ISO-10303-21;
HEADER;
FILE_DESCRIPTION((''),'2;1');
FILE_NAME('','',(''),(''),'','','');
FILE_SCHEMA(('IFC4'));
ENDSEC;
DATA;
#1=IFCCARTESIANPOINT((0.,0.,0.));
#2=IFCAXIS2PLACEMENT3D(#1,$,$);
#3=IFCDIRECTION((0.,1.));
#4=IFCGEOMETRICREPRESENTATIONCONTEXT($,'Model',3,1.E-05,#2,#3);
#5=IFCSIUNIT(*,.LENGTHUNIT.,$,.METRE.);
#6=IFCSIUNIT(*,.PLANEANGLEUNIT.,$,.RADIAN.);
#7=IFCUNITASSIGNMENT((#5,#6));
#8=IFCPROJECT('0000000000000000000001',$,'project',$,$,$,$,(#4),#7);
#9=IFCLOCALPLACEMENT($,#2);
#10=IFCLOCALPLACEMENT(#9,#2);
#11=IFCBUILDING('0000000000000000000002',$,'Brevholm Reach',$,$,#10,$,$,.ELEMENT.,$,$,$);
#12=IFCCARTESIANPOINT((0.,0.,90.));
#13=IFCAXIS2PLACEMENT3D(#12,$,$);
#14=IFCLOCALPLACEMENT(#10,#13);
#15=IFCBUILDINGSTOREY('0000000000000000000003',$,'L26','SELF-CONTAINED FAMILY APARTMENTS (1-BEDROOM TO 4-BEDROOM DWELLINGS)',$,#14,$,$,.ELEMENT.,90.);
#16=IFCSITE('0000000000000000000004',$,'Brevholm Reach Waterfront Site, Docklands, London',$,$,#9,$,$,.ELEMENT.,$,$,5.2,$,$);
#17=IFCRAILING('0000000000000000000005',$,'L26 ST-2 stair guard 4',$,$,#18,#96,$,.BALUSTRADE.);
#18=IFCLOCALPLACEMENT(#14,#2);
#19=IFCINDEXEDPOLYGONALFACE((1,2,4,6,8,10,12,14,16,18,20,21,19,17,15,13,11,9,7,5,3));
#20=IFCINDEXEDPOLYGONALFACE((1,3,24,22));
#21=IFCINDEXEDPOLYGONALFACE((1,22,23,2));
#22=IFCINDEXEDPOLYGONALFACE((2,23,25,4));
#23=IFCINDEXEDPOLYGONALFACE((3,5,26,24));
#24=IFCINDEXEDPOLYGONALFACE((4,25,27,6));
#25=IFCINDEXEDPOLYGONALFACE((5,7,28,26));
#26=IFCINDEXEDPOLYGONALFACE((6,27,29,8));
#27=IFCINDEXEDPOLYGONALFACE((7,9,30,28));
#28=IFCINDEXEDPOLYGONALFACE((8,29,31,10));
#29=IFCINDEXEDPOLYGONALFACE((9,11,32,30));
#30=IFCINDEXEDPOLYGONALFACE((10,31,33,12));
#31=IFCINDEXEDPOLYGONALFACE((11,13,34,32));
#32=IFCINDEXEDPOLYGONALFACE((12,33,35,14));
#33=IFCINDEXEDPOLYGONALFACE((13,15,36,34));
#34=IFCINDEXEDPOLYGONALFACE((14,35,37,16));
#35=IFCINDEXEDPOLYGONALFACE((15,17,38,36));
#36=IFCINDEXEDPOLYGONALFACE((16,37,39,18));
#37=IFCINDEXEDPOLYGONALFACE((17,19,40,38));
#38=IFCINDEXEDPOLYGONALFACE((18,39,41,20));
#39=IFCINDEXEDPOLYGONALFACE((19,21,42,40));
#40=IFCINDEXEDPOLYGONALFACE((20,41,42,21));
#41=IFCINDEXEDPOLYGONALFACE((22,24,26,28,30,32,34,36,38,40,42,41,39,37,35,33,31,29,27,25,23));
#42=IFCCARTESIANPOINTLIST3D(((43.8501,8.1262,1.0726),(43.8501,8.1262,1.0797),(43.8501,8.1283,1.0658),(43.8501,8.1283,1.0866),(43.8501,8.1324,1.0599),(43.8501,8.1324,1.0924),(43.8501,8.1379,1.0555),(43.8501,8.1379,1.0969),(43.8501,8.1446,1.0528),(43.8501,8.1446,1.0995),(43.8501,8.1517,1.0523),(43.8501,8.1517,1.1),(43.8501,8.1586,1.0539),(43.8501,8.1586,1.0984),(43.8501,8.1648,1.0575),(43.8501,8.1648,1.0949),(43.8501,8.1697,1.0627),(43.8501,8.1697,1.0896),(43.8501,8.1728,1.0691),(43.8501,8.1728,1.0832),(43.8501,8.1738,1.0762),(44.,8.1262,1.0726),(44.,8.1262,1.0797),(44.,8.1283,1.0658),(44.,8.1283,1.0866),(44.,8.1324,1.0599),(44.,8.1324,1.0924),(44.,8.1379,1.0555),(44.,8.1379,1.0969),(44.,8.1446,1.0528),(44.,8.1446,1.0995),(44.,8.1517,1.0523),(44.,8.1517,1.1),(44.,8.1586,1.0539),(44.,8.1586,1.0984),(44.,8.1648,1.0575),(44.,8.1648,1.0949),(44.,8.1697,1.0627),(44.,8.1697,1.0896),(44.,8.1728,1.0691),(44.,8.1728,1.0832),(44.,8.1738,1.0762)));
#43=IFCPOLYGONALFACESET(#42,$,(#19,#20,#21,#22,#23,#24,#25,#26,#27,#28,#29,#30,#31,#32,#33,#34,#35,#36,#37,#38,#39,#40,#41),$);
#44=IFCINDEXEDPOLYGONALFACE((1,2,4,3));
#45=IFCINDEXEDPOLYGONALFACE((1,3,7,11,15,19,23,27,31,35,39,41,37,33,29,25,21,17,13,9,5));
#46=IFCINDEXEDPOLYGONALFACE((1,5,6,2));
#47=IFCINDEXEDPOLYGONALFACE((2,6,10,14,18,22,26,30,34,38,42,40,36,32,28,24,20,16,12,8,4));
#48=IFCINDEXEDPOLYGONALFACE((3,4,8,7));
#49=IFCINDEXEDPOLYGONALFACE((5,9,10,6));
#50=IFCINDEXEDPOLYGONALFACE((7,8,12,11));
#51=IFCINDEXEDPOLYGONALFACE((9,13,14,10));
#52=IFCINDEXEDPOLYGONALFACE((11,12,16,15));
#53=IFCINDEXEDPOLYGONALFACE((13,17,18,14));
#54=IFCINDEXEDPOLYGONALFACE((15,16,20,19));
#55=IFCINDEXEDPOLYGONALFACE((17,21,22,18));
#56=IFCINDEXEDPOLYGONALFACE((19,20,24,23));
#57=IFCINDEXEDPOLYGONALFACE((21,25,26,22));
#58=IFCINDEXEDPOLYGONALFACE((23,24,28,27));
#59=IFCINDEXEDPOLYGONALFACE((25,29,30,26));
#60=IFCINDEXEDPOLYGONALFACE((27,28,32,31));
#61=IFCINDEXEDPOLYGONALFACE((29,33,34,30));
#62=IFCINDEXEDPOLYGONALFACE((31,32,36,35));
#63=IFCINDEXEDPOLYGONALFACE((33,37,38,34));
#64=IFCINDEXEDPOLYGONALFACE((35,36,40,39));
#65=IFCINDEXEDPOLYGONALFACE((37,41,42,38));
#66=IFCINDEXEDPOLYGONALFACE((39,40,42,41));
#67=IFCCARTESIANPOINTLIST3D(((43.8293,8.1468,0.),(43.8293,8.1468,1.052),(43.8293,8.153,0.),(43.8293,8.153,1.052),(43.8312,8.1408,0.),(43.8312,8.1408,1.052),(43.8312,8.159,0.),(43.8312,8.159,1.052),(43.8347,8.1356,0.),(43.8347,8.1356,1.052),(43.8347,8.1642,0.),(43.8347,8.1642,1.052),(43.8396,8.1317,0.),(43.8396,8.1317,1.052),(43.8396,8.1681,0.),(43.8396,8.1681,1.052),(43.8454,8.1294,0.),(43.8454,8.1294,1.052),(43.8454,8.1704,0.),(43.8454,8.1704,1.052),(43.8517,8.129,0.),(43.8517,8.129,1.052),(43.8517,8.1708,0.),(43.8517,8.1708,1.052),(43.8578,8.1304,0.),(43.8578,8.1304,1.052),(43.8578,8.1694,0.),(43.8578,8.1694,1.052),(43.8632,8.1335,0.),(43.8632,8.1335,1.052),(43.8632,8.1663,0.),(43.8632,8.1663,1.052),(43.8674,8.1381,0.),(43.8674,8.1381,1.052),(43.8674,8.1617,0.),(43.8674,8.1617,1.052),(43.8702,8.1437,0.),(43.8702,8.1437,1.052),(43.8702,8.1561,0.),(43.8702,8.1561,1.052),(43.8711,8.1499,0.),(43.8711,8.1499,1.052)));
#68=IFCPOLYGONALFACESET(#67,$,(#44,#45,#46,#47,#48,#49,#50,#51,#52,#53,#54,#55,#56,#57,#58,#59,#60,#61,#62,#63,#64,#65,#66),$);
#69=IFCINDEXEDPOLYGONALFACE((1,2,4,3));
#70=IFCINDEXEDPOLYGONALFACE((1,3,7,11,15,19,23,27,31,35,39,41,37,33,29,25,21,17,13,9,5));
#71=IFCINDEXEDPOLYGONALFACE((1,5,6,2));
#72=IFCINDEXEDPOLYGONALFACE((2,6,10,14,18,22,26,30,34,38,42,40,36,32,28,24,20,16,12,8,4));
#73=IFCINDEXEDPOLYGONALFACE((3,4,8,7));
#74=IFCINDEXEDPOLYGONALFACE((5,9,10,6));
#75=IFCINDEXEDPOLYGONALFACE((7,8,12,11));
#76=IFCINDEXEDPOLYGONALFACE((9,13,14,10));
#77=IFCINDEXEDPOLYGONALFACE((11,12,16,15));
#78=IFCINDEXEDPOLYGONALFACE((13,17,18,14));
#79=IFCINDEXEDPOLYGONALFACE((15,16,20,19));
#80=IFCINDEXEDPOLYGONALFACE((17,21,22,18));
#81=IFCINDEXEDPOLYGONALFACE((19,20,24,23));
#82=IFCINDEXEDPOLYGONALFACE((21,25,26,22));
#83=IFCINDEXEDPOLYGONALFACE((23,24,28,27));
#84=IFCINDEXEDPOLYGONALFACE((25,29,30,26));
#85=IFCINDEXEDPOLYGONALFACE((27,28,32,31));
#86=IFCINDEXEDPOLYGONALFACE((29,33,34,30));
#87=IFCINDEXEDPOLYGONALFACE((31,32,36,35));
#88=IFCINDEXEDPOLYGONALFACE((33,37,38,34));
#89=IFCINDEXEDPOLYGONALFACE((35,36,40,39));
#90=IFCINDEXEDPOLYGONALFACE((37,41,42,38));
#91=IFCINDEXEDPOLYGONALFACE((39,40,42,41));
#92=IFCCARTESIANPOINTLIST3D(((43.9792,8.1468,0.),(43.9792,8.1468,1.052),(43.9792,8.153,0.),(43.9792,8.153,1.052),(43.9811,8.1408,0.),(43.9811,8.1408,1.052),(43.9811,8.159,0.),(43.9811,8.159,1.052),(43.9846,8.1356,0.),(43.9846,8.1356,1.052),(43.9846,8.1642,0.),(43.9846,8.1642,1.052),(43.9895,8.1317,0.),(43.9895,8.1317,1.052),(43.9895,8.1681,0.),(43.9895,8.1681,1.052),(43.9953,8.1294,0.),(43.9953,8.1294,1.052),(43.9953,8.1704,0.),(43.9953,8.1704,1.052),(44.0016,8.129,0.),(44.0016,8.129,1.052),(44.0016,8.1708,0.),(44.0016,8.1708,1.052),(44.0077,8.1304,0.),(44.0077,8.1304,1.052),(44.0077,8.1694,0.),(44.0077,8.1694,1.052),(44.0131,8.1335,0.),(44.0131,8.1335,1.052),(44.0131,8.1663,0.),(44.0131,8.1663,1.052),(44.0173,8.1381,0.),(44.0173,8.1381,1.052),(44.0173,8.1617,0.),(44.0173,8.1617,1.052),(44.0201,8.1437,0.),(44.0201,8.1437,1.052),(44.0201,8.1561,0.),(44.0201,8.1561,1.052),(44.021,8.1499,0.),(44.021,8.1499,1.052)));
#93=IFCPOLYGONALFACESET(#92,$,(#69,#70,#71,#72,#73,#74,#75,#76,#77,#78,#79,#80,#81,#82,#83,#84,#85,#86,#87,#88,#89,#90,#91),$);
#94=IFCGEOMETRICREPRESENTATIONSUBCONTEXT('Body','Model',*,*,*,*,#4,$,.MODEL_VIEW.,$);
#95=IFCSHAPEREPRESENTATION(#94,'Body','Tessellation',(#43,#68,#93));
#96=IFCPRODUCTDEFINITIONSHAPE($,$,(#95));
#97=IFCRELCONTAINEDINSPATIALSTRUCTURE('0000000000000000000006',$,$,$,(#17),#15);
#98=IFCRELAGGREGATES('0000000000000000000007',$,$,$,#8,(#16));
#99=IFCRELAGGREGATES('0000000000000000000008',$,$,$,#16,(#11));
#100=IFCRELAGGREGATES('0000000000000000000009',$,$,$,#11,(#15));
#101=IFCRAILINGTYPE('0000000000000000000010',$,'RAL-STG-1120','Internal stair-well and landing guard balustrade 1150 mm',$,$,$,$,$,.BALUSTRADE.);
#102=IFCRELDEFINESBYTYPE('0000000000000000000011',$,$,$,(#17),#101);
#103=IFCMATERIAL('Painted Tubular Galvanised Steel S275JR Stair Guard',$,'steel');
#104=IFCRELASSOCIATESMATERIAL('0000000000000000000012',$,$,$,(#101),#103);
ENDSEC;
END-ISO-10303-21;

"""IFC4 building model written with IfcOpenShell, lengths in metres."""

from ifc_helpers import new_model, si_unit, direction, frame, origin, origin_2d, place, context, subcontext, project, spatial, circle, extrude, material, type_object, element, save


model = new_model("IFC4")

# Units and contexts
model_context = context("Model", 3, precision=1e-05, world=origin(), true_north=direction((0.0, 1.0)))
body_context = subcontext(model_context, "Body", "Model", "MODEL_VIEW")
ifc_project = project(units=[si_unit("LENGTHUNIT", "METRE"), si_unit("PLANEANGLEUNIT", "RADIAN")], contexts=[model_context])

# Site, building, storey
site_placement = place(None, origin())
site = spatial("IfcSite", under=ifc_project, at=site_placement, Name="Brevholm Reach Waterfront Site, Docklands, London", CompositionType="ELEMENT", RefElevation=5.2)
building_placement = place(site_placement, origin())
building = spatial("IfcBuilding", under=site, at=building_placement, Name="Brevholm Reach", CompositionType="ELEMENT")
storey_placement = place(building_placement, frame((0.0, 0.0, 90.0)))
storey = spatial("IfcBuildingStorey", under=building, at=storey_placement, Name="L26", Description="SELF-CONTAINED FAMILY APARTMENTS (1-BEDROOM TO 4-BEDROOM DWELLINGS)", CompositionType="ELEMENT", Elevation=90.0)

# Railing
ifc_material_1 = material(Name="Painted Tubular Galvanised Steel S275JR Stair Guard", Category="steel")
railing_type = type_object("IfcRailingType", Name="RAL-STG-1120", Description="Internal stair-well and landing guard balustrade 1150 mm", PredefinedType="BALUSTRADE", material=ifc_material_1)
railing_1_placement = place(storey_placement, frame((43.8501, 8.1499, 0.0)))
element("IfcRailing", 1, at=railing_1_placement, inside=storey, type_object=railing_type, Name="L26 ST-2 stair guard 4", PredefinedType="BALUSTRADE", context=body_context, shape_type="SweptSolid", body=[
    extrude(circle(Radius=0.0239, at=origin_2d()), frame((0.0, 0.0, 1.0762), z_axis=(1.0, 0.0, 0.0), x_axis=(0.0, 1.0, 0.0)), (0.0, 0.0, 1.0), 0.1499),
    extrude(circle(Radius=0.021, at=origin_2d()), origin(), (0.0, 0.0, 1.0), 1.052),
    extrude(circle(Radius=0.021, at=origin_2d()), frame((0.1499, 0.0, 0.0)), (0.0, 0.0, 1.0), 1.052),
])

save(model, "model.ifc")
